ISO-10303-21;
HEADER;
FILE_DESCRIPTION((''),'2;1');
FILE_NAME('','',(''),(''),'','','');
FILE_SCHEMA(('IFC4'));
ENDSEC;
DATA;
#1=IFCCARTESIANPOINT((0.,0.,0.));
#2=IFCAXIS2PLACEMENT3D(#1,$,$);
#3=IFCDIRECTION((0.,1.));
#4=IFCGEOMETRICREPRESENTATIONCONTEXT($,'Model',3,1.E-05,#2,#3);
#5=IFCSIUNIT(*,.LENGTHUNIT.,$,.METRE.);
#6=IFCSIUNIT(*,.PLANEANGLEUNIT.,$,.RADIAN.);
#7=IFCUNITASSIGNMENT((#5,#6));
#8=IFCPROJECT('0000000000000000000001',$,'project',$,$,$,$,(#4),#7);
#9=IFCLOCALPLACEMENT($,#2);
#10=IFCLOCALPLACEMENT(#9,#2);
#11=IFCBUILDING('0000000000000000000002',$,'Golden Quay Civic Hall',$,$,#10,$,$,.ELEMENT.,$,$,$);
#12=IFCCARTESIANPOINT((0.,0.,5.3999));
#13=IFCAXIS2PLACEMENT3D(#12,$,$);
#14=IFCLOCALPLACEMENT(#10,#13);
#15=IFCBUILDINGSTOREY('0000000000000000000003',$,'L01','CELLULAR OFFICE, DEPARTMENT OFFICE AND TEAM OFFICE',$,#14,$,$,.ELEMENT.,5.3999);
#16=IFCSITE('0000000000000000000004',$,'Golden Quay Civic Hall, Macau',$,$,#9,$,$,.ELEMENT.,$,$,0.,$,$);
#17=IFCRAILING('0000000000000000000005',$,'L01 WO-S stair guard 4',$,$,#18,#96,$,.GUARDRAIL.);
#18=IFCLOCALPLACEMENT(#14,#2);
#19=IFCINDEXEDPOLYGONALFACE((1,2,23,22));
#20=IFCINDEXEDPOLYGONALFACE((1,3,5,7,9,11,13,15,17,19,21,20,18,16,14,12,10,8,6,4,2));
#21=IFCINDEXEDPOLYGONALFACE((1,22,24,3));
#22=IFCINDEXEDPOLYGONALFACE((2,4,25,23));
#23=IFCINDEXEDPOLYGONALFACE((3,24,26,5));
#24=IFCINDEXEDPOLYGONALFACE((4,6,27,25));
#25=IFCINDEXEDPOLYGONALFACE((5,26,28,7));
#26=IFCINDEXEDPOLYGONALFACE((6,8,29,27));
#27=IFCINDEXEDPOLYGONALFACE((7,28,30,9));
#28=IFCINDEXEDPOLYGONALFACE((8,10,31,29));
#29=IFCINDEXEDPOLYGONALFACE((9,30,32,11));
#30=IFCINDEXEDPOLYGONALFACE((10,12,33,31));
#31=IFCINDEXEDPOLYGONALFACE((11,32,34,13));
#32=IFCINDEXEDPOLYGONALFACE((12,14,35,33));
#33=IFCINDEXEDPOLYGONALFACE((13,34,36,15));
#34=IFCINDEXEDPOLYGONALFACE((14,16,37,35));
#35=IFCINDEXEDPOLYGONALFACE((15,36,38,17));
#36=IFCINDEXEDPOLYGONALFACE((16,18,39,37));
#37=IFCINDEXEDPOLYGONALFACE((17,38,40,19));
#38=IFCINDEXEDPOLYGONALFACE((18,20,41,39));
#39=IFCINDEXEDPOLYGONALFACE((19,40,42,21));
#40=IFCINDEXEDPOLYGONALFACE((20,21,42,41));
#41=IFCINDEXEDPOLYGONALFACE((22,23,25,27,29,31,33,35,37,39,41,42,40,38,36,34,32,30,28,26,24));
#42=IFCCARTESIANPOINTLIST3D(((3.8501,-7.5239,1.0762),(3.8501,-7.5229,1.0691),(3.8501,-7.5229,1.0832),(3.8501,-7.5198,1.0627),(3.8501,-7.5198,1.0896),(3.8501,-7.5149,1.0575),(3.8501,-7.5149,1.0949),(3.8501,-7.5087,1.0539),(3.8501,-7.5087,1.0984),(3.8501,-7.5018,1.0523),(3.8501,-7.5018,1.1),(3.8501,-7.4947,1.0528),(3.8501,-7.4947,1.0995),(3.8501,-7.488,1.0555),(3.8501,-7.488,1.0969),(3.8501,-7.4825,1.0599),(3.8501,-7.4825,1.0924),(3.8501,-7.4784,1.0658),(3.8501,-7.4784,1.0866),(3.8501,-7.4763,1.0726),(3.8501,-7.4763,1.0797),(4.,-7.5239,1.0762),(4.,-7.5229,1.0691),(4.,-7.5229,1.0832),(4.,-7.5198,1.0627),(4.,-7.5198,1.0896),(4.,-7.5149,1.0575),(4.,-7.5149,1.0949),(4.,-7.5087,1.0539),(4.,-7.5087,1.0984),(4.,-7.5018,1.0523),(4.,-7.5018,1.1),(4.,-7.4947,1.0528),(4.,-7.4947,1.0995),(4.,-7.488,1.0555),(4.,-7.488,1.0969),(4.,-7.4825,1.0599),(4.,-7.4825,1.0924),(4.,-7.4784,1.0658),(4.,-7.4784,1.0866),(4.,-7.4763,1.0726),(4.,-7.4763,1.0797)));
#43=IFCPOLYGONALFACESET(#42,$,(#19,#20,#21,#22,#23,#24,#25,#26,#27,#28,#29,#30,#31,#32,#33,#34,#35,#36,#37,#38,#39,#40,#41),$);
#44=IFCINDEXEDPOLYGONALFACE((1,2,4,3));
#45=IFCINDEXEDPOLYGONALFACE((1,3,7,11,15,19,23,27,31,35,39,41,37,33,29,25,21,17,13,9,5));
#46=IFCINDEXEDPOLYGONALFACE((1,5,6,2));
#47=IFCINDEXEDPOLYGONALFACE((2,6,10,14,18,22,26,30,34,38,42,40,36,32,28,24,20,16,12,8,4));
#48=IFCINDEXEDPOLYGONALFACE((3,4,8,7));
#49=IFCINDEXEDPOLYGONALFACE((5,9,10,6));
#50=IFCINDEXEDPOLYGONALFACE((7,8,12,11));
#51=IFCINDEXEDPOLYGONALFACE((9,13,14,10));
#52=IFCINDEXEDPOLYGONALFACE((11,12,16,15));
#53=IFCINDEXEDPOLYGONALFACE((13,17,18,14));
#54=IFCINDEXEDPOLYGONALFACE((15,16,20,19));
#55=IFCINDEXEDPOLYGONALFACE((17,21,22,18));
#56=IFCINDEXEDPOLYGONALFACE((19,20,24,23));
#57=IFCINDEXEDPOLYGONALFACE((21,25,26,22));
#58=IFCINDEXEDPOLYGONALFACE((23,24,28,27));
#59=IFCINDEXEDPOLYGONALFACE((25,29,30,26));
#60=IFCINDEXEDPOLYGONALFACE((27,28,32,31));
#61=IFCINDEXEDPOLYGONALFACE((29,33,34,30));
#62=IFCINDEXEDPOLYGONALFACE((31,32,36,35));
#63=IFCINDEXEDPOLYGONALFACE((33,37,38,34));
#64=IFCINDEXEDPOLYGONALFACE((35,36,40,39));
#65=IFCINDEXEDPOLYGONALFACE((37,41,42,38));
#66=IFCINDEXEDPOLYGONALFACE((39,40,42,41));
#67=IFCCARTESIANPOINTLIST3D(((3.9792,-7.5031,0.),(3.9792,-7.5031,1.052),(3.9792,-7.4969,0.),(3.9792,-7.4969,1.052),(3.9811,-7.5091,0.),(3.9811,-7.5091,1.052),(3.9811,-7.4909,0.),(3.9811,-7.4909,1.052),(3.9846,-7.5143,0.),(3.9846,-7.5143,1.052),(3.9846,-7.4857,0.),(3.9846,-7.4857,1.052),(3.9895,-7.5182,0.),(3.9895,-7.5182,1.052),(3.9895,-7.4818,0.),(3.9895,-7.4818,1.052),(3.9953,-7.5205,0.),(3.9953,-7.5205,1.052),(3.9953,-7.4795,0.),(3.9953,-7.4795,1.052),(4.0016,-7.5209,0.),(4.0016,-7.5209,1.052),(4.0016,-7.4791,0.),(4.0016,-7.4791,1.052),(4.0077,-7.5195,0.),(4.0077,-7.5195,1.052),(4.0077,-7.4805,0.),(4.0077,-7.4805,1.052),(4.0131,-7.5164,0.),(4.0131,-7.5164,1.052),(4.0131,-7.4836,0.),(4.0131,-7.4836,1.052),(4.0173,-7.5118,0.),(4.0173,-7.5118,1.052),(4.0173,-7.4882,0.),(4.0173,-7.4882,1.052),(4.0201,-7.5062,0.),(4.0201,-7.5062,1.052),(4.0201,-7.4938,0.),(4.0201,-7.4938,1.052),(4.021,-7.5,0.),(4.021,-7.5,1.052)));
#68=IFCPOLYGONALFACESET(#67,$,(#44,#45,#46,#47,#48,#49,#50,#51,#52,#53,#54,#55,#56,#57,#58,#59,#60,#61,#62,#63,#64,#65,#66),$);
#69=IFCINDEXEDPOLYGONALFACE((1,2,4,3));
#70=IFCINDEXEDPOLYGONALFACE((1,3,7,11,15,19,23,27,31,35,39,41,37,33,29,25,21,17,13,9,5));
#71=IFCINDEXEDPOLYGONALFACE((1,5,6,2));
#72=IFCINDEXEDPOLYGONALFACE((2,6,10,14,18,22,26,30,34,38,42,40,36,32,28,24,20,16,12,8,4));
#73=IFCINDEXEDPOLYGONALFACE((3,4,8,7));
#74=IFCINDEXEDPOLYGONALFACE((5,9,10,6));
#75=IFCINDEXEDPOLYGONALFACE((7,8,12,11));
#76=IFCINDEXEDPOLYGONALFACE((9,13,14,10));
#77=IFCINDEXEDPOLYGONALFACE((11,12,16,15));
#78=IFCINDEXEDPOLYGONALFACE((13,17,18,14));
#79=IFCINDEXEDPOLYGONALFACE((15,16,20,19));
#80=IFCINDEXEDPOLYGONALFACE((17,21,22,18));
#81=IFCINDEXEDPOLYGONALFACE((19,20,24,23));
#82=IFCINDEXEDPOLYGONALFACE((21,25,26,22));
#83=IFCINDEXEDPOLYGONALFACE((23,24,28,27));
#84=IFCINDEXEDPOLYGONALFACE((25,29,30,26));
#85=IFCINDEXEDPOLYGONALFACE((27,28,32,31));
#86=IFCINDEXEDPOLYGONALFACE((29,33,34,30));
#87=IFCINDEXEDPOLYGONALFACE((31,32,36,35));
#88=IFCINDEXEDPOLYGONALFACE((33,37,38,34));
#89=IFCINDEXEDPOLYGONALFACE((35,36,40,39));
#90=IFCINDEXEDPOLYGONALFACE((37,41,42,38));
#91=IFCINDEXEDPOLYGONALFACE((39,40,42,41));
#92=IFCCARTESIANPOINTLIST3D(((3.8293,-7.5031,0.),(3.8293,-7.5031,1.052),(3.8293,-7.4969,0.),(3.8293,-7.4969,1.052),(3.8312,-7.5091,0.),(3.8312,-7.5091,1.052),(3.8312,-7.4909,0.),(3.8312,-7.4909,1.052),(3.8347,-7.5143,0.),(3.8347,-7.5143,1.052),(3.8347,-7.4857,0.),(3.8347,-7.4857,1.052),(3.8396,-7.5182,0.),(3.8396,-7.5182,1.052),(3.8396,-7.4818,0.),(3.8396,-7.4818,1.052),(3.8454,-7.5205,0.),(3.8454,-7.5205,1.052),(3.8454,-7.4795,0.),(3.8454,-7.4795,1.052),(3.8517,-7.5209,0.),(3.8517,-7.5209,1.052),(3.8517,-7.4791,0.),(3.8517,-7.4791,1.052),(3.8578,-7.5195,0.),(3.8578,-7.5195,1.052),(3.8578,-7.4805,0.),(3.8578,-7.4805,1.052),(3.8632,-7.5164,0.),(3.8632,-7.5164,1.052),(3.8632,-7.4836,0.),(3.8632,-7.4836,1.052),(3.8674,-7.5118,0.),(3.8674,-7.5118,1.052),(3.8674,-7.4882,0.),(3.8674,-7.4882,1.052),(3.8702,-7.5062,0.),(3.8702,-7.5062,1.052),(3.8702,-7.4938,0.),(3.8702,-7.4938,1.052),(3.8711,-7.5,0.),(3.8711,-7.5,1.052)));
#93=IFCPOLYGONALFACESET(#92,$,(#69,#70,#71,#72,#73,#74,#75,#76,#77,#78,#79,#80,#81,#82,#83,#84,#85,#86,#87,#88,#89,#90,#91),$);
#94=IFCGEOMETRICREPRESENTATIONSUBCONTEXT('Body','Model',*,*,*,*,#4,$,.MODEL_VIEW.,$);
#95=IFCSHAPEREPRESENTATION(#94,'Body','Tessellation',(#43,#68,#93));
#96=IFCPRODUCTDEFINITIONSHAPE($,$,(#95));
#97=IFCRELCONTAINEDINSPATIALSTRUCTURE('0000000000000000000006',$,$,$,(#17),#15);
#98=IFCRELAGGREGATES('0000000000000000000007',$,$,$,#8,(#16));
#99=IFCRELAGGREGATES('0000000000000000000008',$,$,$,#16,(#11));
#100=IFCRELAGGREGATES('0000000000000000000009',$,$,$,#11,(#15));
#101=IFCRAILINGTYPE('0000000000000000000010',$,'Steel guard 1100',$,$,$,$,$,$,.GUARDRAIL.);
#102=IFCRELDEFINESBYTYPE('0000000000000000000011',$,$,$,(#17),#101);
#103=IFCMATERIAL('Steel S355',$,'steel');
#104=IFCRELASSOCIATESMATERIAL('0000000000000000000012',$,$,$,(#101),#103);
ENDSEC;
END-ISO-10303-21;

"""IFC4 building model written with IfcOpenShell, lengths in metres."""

from ifc_helpers import new_model, si_unit, direction, frame, origin, origin_2d, place, context, subcontext, project, spatial, circle, extrude, material, type_object, element, save


model = new_model("IFC4")

# Units and contexts
model_context = context("Model", 3, precision=1e-05, world=origin(), true_north=direction((0.0, 1.0)))
body_context = subcontext(model_context, "Body", "Model", "MODEL_VIEW")
ifc_project = project(units=[si_unit("LENGTHUNIT", "METRE"), si_unit("PLANEANGLEUNIT", "RADIAN")], contexts=[model_context])

# Site, building, storey
site_placement = place(None, origin())
site = spatial("IfcSite", under=ifc_project, at=site_placement, Name="Golden Quay Civic Hall, Macau", CompositionType="ELEMENT", RefElevation=0.0)
building_placement = place(site_placement, origin())
building = spatial("IfcBuilding", under=site, at=building_placement, Name="Golden Quay Civic Hall", CompositionType="ELEMENT")
storey_placement = place(building_placement, frame((0.0, 0.0, 5.3999)))
storey = spatial("IfcBuildingStorey", under=building, at=storey_placement, Name="L01", Description="CELLULAR OFFICE, DEPARTMENT OFFICE AND TEAM OFFICE", CompositionType="ELEMENT", Elevation=5.3999)

# Railing
ifc_material_1 = material(Name="Steel S355", Category="steel")
railing_type = type_object("IfcRailingType", Name="Steel guard 1100", PredefinedType="GUARDRAIL", material=ifc_material_1)
railing_placement = place(storey_placement, frame((4.0, -7.5, 0.0)))
element("IfcRailing", 1, at=railing_placement, inside=storey, type_object=railing_type, Name="L01 WO-S stair guard 4", PredefinedType="GUARDRAIL", context=body_context, shape_type="SweptSolid", body=[
    extrude(circle(Radius=0.0239, at=origin_2d()), frame((0.0, 0.0, 1.0762), z_axis=(-1.0, 0.0, 0.0), x_axis=(0.0, -1.0, 0.0)), (0.0, 0.0, 1.0), 0.1499),
    extrude(circle(Radius=0.021, at=origin_2d()), origin(), (0.0, 0.0, 1.0), 1.052),
    extrude(circle(Radius=0.021, at=origin_2d()), frame((-0.1499, 0.0, 0.0)), (0.0, 0.0, 1.0), 1.052),
])

save(model, "model.ifc")
